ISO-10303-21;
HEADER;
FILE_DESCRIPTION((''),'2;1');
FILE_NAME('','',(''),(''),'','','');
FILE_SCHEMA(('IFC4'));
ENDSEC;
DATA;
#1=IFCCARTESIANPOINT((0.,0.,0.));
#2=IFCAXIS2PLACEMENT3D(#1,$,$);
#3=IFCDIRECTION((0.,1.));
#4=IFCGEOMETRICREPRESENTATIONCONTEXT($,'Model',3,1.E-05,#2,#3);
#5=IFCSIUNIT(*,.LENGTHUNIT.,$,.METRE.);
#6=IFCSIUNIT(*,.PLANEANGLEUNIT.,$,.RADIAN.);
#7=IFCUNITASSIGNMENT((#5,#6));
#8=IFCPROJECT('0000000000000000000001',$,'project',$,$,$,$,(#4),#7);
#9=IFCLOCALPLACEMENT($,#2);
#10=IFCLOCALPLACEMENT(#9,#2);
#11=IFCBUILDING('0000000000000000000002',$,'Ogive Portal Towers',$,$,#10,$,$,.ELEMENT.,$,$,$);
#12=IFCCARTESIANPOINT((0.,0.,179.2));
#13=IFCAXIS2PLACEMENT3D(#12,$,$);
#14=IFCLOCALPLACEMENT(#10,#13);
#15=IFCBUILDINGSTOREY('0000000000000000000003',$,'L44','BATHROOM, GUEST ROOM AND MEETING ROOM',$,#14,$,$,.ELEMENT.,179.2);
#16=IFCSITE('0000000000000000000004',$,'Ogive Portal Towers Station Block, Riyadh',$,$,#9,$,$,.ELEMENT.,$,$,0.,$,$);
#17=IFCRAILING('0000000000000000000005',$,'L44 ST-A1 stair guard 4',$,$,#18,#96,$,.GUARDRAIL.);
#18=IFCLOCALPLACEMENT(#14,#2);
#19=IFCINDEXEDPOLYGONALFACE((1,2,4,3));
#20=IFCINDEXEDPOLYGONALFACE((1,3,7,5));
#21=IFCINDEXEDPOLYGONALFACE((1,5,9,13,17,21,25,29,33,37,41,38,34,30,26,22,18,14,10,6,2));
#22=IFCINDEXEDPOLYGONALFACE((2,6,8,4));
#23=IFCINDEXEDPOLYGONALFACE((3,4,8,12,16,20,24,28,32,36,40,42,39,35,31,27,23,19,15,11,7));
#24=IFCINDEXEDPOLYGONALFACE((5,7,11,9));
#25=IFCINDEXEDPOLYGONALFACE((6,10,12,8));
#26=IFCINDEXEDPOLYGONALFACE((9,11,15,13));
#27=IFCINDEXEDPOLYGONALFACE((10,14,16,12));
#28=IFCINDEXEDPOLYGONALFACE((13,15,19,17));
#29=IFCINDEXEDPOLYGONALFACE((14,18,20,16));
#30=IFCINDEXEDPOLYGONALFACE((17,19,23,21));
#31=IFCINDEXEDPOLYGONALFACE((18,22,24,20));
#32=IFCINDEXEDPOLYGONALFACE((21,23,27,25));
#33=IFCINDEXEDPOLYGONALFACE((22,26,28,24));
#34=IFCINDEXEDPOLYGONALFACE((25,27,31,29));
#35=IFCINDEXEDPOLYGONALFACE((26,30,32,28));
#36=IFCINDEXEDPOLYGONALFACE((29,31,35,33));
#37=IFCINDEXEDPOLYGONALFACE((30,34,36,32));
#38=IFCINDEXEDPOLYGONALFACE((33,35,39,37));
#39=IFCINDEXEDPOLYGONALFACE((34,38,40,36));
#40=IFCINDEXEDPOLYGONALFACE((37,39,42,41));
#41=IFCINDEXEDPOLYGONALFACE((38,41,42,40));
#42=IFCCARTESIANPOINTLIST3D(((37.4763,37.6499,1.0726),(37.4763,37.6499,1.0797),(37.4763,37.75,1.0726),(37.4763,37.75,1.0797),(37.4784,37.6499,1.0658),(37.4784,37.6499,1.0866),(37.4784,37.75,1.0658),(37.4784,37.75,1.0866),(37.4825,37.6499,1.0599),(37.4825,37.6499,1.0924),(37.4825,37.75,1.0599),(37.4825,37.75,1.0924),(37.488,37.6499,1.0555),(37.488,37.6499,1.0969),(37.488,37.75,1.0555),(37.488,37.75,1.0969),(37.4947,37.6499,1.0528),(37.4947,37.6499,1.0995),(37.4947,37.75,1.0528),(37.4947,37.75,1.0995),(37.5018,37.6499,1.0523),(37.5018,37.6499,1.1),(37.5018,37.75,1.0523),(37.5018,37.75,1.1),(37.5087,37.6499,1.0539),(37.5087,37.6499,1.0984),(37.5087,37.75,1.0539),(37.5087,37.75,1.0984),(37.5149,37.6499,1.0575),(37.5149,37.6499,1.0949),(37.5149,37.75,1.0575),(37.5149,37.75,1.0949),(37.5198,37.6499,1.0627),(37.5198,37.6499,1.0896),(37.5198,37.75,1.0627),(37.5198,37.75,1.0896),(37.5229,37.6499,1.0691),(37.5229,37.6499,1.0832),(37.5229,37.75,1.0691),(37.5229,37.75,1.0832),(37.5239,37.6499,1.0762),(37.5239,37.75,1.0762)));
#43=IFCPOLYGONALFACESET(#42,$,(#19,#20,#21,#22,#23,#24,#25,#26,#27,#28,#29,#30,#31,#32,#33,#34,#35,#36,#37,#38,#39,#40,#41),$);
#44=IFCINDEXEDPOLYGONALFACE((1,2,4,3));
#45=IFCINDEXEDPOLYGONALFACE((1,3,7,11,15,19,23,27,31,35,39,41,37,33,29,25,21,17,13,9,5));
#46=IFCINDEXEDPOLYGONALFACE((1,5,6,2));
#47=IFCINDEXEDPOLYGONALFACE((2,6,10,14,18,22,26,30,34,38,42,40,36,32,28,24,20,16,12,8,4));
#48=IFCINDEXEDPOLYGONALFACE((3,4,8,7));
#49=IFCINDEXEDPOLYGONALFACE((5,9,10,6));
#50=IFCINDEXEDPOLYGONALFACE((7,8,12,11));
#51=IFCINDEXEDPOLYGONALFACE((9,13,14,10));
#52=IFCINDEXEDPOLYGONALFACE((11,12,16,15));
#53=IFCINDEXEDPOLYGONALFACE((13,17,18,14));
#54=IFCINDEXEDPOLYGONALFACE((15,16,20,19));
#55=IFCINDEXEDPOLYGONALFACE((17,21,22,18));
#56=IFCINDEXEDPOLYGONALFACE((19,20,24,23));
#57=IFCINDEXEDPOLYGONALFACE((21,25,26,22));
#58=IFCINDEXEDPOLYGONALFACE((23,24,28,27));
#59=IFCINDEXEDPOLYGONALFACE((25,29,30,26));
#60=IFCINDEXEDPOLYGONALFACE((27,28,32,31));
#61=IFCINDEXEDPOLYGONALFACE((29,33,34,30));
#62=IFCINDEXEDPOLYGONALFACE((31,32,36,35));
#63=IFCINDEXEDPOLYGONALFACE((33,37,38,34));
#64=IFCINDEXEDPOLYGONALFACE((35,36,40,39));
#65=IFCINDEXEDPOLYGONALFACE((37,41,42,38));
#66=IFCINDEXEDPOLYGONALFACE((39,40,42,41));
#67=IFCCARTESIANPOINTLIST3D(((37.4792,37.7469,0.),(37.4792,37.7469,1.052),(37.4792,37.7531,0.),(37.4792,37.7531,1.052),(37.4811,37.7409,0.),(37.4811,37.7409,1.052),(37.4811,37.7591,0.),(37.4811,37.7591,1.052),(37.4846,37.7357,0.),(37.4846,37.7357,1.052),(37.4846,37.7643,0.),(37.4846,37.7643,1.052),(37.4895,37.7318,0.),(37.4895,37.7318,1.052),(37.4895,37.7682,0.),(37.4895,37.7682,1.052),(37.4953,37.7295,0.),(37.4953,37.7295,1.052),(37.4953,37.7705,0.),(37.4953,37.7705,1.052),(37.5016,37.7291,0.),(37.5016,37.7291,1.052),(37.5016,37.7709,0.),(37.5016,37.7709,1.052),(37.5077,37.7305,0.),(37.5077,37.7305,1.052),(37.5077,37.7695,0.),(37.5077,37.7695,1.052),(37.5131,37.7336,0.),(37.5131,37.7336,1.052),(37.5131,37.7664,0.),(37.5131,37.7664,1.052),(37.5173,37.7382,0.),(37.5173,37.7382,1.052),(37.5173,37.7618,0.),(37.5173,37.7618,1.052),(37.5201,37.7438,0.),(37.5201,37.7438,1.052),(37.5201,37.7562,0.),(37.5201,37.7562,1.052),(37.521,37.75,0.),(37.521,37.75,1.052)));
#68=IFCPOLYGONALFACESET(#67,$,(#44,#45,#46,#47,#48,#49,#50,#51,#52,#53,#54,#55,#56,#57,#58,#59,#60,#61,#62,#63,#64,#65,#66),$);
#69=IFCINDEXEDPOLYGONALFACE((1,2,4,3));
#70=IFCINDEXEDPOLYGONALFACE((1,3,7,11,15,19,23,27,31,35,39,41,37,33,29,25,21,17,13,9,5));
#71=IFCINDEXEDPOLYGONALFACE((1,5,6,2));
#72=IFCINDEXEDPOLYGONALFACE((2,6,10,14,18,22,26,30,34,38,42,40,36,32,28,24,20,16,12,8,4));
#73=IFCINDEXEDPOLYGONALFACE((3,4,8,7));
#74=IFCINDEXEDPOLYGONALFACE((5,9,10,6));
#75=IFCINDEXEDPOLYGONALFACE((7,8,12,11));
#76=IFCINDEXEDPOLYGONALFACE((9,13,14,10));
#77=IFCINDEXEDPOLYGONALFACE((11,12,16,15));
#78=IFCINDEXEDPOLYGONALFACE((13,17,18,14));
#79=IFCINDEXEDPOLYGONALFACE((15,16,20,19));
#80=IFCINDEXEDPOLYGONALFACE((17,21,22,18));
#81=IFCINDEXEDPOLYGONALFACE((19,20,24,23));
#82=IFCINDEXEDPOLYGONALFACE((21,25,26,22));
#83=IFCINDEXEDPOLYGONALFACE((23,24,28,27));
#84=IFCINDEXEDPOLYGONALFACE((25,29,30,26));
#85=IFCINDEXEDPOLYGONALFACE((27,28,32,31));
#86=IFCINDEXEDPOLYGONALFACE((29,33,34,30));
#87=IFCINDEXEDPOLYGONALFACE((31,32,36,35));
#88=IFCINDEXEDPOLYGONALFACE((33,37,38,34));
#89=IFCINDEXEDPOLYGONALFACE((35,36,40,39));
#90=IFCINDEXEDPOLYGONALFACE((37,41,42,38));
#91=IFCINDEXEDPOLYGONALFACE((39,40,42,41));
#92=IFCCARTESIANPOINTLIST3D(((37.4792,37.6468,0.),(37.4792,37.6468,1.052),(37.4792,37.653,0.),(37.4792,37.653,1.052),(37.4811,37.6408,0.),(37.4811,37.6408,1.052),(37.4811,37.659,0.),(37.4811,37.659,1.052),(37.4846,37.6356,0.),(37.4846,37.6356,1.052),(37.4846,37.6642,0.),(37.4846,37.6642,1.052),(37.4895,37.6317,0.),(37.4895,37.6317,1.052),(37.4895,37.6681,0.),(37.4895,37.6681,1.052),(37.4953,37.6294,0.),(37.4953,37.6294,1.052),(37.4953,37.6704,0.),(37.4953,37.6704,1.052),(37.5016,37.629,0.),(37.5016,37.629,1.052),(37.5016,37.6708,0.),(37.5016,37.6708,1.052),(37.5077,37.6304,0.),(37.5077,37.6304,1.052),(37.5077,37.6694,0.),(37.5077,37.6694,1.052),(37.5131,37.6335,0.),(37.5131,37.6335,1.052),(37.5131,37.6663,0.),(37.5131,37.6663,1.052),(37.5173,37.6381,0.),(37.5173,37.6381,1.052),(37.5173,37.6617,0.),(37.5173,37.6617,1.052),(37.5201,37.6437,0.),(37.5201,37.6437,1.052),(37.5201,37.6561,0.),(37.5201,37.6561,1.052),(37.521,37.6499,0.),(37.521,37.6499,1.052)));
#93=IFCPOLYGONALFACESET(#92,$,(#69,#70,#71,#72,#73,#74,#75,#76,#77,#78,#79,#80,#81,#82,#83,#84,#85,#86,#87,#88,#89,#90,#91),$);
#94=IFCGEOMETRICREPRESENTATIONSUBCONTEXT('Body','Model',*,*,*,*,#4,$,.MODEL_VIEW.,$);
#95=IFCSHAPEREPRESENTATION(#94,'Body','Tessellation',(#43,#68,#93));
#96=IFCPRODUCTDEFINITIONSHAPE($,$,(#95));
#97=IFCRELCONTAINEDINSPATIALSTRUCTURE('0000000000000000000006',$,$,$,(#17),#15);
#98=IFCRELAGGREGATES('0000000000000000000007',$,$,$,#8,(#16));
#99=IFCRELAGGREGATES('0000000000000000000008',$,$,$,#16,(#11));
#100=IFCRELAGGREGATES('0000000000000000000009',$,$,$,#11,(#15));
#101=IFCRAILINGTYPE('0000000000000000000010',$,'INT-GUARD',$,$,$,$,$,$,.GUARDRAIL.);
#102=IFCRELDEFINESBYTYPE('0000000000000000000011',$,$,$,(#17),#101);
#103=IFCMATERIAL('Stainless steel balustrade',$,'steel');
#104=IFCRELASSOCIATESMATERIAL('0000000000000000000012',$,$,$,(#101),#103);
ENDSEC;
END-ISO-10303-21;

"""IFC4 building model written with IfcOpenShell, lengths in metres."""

from ifc_helpers import new_model, si_unit, direction, frame, origin, origin_2d, place, context, subcontext, project, spatial, circle, extrude, material, type_object, element, save


model = new_model("IFC4")

# Units and contexts
model_context = context("Model", 3, precision=1e-05, world=origin(), true_north=direction((0.0, 1.0)))
body_context = subcontext(model_context, "Body", "Model", "MODEL_VIEW")
ifc_project = project(units=[si_unit("LENGTHUNIT", "METRE"), si_unit("PLANEANGLEUNIT", "RADIAN")], contexts=[model_context])

# Site, building, storey
site_placement = place(None, origin())
site = spatial("IfcSite", under=ifc_project, at=site_placement, Name="Ogive Portal Towers Station Block, Riyadh", CompositionType="ELEMENT", RefElevation=0.0)
building_placement = place(site_placement, origin())
building = spatial("IfcBuilding", under=site, at=building_placement, Name="Ogive Portal Towers", CompositionType="ELEMENT")
storey_placement = place(building_placement, frame((0.0, 0.0, 179.2)))
storey = spatial("IfcBuildingStorey", under=building, at=storey_placement, Name="L44", Description="BATHROOM, GUEST ROOM AND MEETING ROOM", CompositionType="ELEMENT", Elevation=179.2)

# Railing
ifc_material_1 = material(Name="Stainless steel balustrade", Category="steel")
railing_type = type_object("IfcRailingType", Name="INT-GUARD", PredefinedType="GUARDRAIL", material=ifc_material_1)
railing_placement = place(storey_placement, frame((37.5, 37.75, 0.0)))
element("IfcRailing", 1, at=railing_placement, inside=storey, type_object=railing_type, Name="L44 ST-A1 stair guard 4", PredefinedType="GUARDRAIL", context=body_context, shape_type="SweptSolid", body=[
    extrude(circle(Radius=0.0239, at=origin_2d()), frame((0.0, 0.0, 1.0762), z_axis=(0.0, -1.0, 0.0), x_axis=(1.0, 0.0, 0.0)), (0.0, 0.0, 1.0), 0.1001),
    extrude(circle(Radius=0.021, at=origin_2d()), origin(), (0.0, 0.0, 1.0), 1.052),
    extrude(circle(Radius=0.021, at=origin_2d()), frame((0.0, -0.1001, 0.0)), (0.0, 0.0, 1.0), 1.052),
])

save(model, "model.ifc")
